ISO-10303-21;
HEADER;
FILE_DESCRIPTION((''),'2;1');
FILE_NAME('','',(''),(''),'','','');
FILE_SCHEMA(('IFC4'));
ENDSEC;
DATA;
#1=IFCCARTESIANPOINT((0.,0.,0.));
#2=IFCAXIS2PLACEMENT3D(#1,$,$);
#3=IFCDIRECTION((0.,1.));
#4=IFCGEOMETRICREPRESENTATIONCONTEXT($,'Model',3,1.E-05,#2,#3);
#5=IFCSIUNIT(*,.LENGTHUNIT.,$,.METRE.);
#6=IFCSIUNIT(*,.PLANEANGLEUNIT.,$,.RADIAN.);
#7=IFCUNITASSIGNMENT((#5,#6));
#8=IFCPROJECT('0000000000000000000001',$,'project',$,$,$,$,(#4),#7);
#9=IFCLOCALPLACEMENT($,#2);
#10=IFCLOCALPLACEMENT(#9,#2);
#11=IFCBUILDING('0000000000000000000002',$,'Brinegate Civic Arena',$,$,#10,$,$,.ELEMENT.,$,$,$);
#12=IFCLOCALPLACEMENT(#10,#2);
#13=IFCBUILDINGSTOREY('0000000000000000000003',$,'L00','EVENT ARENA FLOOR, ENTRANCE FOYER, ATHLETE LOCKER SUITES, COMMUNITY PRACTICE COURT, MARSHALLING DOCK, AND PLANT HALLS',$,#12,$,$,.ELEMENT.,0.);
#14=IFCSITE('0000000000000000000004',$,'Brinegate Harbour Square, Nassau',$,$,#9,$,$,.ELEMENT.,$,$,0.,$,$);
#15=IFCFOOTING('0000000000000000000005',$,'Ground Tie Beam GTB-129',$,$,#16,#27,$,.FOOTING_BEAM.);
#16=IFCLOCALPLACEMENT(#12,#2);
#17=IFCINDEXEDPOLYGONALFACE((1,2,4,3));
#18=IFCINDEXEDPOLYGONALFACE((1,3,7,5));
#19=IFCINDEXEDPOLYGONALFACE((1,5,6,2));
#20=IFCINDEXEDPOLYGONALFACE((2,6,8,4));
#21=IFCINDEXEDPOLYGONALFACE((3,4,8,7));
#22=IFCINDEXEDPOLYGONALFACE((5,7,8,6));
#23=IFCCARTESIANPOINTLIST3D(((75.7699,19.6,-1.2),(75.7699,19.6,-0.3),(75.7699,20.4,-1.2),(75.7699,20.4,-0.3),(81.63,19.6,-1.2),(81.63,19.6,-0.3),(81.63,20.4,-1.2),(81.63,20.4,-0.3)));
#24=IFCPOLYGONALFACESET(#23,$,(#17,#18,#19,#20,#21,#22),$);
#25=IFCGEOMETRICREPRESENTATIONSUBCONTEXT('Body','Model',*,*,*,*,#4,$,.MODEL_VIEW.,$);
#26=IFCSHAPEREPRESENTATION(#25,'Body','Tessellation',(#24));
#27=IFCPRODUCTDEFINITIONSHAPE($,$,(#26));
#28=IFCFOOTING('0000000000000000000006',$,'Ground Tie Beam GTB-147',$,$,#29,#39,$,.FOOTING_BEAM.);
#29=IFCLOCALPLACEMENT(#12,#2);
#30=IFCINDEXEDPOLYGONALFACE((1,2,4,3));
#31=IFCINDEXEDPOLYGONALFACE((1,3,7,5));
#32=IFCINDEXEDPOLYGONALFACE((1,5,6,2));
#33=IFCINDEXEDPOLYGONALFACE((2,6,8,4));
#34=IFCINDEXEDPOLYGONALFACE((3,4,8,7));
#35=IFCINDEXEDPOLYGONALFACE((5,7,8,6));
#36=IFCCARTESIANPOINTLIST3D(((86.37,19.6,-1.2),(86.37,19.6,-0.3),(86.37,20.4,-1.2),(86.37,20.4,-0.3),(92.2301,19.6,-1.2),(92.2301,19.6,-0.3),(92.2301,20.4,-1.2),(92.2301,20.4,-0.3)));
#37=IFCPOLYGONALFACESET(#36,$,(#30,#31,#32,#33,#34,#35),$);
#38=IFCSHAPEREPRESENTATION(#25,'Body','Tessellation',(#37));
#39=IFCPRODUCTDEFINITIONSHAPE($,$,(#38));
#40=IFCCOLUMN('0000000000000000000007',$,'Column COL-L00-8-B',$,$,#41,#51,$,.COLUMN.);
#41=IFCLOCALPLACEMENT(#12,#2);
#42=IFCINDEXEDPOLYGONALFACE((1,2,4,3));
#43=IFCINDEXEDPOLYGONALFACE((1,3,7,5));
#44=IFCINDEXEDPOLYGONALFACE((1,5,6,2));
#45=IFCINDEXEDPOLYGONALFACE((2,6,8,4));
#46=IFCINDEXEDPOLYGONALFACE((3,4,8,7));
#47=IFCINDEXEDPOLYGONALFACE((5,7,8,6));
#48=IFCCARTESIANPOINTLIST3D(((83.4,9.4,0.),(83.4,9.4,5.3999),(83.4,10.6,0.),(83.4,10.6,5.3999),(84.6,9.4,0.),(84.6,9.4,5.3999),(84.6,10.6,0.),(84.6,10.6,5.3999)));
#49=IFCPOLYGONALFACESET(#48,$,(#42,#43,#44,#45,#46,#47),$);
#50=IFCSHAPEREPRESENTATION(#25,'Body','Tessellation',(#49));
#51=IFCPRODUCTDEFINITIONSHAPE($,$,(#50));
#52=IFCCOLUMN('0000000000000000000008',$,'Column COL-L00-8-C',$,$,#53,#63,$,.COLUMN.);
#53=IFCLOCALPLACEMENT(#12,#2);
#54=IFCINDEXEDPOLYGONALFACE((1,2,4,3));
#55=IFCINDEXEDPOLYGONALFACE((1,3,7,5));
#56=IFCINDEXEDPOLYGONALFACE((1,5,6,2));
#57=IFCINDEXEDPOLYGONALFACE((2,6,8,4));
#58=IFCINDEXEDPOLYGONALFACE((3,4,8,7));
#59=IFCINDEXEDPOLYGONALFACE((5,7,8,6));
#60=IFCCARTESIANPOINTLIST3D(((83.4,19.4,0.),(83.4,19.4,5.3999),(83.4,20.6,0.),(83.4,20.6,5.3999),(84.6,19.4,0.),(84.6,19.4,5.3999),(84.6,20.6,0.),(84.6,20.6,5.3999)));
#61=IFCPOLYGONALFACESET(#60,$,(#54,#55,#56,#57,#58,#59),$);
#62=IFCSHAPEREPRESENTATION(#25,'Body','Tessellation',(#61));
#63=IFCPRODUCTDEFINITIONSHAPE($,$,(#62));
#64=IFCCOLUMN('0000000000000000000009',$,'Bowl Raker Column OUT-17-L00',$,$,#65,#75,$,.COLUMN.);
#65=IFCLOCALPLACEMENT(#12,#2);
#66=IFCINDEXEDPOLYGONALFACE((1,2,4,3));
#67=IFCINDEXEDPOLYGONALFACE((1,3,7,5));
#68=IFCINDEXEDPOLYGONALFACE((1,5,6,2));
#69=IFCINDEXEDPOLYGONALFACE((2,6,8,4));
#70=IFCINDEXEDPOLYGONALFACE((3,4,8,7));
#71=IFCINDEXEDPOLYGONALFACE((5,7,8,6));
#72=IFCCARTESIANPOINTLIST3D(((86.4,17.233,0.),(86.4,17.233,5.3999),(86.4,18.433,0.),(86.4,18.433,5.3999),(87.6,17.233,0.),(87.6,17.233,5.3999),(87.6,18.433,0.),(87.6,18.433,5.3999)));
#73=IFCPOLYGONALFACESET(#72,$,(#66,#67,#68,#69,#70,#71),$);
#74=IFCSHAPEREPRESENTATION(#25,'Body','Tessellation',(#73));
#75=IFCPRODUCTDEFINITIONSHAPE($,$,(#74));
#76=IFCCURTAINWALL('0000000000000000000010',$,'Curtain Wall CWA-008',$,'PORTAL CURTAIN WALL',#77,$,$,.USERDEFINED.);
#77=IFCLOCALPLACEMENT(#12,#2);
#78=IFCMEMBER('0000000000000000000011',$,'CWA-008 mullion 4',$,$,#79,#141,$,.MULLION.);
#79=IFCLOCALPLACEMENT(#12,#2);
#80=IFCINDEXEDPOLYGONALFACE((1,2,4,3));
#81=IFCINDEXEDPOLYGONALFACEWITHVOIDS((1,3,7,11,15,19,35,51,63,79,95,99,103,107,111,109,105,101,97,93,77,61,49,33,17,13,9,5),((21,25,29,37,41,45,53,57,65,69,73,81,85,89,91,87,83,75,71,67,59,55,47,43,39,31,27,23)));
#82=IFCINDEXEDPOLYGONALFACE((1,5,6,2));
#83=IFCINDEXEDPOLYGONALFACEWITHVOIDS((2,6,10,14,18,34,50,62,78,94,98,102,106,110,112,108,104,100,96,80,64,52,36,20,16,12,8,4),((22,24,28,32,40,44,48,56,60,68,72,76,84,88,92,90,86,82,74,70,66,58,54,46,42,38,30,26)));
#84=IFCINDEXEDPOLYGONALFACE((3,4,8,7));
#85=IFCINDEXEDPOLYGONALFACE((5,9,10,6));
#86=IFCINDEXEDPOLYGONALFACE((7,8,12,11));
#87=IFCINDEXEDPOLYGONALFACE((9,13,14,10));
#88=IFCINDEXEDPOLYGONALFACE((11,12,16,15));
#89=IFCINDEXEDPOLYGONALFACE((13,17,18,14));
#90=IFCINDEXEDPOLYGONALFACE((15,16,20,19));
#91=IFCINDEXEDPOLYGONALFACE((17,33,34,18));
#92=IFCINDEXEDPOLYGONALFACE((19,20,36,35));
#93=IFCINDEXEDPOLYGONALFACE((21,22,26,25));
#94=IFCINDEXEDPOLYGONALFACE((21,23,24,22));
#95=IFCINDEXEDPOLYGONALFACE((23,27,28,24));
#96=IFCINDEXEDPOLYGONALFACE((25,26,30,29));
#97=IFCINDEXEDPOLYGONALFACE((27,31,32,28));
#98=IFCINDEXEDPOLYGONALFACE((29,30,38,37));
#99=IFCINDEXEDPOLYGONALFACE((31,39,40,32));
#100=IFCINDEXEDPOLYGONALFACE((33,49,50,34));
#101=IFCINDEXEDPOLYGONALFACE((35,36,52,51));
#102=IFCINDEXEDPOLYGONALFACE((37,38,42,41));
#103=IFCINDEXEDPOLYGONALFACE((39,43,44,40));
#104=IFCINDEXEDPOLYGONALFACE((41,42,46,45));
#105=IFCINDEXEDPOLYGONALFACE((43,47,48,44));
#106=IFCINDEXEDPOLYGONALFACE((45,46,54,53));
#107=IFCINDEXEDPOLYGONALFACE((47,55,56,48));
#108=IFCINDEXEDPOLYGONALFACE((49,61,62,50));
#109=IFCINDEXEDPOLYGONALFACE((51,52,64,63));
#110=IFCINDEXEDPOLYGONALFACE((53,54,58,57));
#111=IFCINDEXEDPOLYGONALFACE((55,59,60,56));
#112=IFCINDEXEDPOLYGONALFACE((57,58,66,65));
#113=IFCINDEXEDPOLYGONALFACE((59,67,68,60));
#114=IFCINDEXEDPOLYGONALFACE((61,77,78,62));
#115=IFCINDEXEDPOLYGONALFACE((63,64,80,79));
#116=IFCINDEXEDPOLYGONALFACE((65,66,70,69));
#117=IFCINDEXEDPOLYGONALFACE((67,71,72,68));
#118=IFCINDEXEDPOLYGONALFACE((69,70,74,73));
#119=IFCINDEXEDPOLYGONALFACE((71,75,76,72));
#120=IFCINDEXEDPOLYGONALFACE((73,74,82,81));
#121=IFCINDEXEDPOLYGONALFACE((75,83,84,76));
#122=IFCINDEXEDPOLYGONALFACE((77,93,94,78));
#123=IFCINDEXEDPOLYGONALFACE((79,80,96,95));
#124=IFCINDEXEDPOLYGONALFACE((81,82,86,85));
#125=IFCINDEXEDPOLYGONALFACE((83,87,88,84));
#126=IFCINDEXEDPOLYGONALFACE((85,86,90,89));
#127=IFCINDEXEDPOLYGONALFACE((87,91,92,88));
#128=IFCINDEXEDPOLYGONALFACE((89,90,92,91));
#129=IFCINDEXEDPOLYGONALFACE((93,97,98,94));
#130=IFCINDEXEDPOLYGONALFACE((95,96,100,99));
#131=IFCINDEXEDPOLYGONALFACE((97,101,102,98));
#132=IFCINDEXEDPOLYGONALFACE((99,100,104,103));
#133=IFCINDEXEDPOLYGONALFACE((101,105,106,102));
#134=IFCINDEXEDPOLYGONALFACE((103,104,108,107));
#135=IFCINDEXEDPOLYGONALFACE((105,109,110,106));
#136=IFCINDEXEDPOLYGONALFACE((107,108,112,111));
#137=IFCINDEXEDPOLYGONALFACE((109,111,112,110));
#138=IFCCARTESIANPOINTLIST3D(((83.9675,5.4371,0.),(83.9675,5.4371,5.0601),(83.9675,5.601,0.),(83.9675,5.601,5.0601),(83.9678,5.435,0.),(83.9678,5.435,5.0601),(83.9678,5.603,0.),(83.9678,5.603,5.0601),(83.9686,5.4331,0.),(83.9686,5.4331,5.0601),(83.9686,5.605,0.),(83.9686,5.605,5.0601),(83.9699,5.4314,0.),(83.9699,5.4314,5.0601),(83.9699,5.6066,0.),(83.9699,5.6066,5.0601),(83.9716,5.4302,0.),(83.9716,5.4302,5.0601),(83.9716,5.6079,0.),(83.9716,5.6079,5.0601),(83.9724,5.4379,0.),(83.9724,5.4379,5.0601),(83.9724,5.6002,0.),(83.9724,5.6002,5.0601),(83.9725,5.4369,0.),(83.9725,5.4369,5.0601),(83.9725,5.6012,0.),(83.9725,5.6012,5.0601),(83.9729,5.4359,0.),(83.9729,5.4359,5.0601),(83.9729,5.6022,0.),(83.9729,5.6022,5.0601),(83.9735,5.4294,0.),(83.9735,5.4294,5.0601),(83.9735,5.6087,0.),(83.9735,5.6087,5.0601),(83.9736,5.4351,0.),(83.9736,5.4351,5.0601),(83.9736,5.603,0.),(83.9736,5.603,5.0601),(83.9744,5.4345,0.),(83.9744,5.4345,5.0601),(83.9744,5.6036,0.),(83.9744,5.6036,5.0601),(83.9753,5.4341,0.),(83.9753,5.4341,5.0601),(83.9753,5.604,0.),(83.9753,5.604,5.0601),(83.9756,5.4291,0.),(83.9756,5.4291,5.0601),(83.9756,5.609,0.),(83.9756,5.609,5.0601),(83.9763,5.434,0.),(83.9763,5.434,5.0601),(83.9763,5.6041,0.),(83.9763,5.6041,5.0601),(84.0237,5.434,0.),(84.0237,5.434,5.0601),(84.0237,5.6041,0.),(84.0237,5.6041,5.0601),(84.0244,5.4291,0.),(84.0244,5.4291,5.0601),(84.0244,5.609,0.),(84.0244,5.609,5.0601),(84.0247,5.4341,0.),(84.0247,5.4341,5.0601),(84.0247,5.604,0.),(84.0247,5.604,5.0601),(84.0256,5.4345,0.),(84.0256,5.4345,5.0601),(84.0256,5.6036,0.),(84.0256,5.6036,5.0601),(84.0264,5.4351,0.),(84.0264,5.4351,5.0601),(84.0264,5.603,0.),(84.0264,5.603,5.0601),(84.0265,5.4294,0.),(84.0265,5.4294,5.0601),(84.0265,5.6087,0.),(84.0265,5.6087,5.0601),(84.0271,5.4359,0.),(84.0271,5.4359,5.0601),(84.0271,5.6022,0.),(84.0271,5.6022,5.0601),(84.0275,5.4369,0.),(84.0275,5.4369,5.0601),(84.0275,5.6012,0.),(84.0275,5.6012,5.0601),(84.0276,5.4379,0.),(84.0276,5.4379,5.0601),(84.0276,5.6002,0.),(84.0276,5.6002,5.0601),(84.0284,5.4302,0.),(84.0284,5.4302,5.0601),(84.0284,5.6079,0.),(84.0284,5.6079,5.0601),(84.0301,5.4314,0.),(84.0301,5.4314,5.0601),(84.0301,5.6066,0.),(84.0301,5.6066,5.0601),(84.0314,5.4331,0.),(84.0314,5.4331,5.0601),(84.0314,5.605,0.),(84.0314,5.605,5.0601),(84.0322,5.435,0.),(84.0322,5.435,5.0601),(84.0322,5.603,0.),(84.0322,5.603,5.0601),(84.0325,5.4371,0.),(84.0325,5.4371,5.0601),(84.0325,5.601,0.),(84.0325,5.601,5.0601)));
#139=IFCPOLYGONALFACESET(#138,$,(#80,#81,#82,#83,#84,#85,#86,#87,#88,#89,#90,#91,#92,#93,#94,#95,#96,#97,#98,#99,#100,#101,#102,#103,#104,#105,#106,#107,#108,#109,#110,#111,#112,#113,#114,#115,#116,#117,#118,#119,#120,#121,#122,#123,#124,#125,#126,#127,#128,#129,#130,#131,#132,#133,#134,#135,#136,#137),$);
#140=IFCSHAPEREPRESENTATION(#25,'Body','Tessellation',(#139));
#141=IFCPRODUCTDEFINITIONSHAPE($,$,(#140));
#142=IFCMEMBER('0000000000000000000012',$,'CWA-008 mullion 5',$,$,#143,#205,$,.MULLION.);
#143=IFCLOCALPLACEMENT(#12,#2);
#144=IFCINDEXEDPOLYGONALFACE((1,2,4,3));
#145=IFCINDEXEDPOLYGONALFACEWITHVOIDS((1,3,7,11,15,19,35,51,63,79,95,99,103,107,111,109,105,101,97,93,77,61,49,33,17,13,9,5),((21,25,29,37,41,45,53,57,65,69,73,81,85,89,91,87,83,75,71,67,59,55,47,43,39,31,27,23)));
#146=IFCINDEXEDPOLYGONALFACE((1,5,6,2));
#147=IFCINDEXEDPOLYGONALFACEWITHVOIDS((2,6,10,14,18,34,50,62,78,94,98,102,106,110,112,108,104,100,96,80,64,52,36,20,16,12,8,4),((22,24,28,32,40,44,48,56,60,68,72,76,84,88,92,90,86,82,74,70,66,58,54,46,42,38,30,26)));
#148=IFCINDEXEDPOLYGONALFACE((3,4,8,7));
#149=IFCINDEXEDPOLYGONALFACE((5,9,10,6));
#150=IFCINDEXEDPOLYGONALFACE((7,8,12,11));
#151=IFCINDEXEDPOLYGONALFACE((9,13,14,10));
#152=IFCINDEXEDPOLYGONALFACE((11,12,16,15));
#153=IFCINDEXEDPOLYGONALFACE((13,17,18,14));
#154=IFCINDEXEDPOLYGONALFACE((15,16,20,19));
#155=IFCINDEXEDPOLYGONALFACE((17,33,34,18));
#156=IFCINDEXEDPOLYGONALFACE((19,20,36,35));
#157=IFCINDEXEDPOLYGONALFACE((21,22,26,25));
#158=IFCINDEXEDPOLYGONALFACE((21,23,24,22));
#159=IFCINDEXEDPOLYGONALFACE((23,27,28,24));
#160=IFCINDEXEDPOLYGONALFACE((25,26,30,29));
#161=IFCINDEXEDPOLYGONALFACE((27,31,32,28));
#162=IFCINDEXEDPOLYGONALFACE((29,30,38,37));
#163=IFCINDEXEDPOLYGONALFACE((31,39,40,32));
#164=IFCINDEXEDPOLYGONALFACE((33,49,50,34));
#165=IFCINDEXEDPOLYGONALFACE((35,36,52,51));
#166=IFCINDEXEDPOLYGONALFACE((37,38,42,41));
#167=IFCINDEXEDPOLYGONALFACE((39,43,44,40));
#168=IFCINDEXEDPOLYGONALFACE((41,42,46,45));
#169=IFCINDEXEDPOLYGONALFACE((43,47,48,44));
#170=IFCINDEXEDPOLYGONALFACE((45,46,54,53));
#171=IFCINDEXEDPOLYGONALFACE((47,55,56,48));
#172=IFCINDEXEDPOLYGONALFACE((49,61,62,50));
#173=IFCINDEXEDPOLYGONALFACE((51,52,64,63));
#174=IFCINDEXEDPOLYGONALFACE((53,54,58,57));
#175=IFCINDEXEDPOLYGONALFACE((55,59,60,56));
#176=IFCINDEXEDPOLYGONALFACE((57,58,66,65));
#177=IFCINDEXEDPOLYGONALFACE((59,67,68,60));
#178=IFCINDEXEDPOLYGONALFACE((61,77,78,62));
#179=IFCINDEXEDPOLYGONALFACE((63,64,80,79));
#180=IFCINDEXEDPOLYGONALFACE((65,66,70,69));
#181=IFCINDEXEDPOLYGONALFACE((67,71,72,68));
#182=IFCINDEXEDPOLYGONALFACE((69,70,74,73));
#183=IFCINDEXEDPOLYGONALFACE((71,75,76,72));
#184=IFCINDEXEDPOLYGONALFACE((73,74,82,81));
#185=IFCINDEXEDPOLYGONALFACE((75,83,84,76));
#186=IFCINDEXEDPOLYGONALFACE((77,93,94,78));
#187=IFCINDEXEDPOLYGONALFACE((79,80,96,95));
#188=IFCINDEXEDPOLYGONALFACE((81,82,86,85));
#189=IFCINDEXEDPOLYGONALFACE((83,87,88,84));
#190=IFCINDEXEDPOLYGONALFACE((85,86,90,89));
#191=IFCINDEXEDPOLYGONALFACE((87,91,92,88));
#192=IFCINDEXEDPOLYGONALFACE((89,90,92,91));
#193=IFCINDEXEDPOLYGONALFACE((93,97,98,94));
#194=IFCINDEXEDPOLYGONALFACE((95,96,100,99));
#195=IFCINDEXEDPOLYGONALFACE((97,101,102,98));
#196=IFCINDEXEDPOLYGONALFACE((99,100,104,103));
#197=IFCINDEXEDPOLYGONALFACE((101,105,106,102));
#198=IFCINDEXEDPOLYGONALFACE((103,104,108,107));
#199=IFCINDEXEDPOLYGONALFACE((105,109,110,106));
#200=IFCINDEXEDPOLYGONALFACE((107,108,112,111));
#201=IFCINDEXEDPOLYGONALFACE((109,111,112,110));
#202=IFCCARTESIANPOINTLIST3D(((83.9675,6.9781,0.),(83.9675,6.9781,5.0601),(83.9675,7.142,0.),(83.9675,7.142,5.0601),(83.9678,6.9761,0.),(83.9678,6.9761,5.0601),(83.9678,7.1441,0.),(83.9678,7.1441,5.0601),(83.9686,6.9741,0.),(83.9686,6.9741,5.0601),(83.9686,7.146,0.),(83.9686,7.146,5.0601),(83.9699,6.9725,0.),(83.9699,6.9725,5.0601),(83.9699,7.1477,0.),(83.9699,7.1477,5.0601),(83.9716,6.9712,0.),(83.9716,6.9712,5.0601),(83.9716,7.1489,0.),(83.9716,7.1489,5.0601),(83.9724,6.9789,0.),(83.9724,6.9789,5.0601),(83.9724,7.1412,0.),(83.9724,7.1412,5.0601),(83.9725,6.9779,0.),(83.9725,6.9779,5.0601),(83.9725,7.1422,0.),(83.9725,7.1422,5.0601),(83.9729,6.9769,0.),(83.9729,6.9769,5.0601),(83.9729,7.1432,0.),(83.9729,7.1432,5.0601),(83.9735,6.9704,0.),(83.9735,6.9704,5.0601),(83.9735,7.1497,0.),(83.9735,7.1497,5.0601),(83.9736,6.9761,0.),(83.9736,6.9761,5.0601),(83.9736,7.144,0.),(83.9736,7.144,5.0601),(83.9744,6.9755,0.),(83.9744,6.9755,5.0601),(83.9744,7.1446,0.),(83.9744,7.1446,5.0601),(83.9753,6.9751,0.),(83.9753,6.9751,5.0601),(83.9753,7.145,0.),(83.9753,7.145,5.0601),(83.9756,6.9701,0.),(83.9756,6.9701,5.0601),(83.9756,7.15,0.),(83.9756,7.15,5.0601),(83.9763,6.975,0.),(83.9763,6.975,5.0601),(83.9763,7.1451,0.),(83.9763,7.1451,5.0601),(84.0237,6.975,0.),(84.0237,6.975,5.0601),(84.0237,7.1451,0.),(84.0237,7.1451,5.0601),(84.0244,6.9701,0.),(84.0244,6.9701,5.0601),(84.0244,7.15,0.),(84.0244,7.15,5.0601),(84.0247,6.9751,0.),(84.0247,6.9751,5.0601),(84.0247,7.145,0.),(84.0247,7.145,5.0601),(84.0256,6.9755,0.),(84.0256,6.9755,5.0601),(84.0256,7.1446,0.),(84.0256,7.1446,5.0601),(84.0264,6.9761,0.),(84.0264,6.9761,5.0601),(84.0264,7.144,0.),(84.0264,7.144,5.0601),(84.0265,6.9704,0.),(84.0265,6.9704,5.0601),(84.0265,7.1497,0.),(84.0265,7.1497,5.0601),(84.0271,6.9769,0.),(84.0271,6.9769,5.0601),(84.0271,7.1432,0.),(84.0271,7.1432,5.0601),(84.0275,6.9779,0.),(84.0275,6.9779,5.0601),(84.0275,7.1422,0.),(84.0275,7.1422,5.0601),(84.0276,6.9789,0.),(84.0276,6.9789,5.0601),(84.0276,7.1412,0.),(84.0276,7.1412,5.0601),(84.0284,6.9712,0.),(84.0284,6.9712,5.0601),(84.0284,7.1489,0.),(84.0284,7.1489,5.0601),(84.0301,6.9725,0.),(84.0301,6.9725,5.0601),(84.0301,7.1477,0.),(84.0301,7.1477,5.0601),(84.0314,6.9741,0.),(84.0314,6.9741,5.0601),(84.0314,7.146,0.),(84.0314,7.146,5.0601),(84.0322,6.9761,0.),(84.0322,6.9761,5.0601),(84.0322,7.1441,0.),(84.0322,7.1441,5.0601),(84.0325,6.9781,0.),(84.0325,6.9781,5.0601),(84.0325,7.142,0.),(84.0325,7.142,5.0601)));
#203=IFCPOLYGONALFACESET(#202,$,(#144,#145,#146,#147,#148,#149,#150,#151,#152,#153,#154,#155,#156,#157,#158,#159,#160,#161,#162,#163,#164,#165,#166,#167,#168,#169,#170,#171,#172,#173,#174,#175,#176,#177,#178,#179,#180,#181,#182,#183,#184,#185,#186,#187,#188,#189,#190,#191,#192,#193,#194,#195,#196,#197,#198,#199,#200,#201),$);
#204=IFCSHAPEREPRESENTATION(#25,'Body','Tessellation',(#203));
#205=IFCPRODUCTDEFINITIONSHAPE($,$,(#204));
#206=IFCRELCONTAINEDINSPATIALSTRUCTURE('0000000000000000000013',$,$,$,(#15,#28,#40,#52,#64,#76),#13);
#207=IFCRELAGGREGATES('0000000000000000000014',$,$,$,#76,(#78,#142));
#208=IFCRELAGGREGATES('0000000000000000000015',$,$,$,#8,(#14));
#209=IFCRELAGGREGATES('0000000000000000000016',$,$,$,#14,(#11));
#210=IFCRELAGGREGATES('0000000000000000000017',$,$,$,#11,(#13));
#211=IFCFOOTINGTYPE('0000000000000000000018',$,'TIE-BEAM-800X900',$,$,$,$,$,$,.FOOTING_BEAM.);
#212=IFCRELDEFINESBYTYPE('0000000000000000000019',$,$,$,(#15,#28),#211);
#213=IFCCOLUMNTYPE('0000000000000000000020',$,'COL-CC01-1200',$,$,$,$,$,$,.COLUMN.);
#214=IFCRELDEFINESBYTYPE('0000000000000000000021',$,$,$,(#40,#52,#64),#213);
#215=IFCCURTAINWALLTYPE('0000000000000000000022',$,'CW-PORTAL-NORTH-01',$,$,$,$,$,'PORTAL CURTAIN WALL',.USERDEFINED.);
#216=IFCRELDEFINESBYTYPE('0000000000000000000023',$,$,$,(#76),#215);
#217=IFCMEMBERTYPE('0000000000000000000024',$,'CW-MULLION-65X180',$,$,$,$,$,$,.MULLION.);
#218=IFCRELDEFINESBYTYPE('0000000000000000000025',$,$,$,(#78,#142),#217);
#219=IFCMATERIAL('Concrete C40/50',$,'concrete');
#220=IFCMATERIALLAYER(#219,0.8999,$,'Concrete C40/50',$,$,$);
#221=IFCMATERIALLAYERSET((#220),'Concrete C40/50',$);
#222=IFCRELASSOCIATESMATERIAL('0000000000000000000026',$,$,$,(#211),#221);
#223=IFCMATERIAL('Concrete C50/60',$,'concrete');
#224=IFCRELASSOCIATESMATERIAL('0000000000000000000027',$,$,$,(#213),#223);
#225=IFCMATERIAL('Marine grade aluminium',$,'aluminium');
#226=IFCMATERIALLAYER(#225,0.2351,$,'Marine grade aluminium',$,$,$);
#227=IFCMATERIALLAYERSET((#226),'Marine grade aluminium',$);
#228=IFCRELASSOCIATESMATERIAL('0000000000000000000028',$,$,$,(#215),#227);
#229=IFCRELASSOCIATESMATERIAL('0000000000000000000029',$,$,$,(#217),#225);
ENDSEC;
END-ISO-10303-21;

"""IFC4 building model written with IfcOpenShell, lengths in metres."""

from ifc_helpers import new_model, si_unit, direction, frame, origin, origin_2d, place, context, subcontext, project, spatial, rectangle, hollow_rectangle, extrude, material, layer, layer_set, material_profile, profile_set, type_object, element, aggregate, save


model = new_model("IFC4")

# Units and contexts
model_context = context("Model", 3, precision=1e-05, world=origin(), true_north=direction((0.0, 1.0)))
body_context = subcontext(model_context, "Body", "Model", "MODEL_VIEW")
ifc_project = project(units=[si_unit("LENGTHUNIT", "METRE"), si_unit("PLANEANGLEUNIT", "RADIAN")], contexts=[model_context])

# Site, building, storey
site_placement = place(None, origin())
site = spatial("IfcSite", under=ifc_project, at=site_placement, Name="Brinegate Harbour Square, Nassau", CompositionType="ELEMENT", RefElevation=0.0)
building_placement = place(site_placement, origin())
building = spatial("IfcBuilding", under=site, at=building_placement, Name="Brinegate Civic Arena", CompositionType="ELEMENT")
storey_placement = place(building_placement, origin())
storey = spatial("IfcBuildingStorey", under=building, at=storey_placement, Name="L00", Description="EVENT ARENA FLOOR, ENTRANCE FOYER, ATHLETE LOCKER SUITES, COMMUNITY PRACTICE COURT, MARSHALLING DOCK, AND PLANT HALLS", CompositionType="ELEMENT", Elevation=0.0)

# Shared definitions
ifc_material_1 = material(Name="Concrete C40/50", Category="concrete")

# Footings
ifc_layer_1 = layer(ifc_material_1, 0.8999, Name="Concrete C40/50")
ifc_layer_set_1 = layer_set([ifc_layer_1], Name="Concrete C40/50")
footing_type_1 = type_object("IfcFootingType", Name="TIE-BEAM-800X900", PredefinedType="FOOTING_BEAM", material=ifc_layer_set_1)
for number, where, z_axis, x_axis, name in (
    (1, (78.7, 20.0, -1.2), (0.0, 0.0, 1.0), (1.0, 0.0, 0.0), "Ground Tie Beam GTB-129"),
    (2, (89.3, 20.0, -1.2), (0.0, 0.0, 1.0), (1.0, 0.0, 0.0), "Ground Tie Beam GTB-147"),
):
    element("IfcFooting", number, at=place(storey_placement, frame(where, z_axis=z_axis, x_axis=x_axis)), inside=storey, type_object=footing_type_1, Name=name, PredefinedType="FOOTING_BEAM", context=body_context, shape_type="SweptSolid", body=[
        extrude(rectangle(XDim=5.8601, YDim=0.8, at=origin_2d()), origin(), (0.0, 0.0, 1.0), 0.8999),
    ])

# Columns
ifc_material_2 = material(Name="Concrete C50/60", Category="concrete")
ifc_material_profile_1 = material_profile(ifc_material_2, rectangle(XDim=1.2, YDim=1.2, at=origin_2d()), Name="RC1200X1200")
ifc_profile_set_1 = profile_set([ifc_material_profile_1], Name="Concrete C50/60")
column_type = type_object("IfcColumnType", Name="COL-CC01-1200", PredefinedType="COLUMN", material=ifc_profile_set_1)
for number, where, z_axis, x_axis, name in (
    (3, (84.0, 10.0, 0.0), (0.0, 0.0, 1.0), (1.0, 0.0, 0.0), "Column COL-L00-8-B"),
    (4, (84.0, 20.0, 0.0), (0.0, 0.0, 1.0), (1.0, 0.0, 0.0), "Column COL-L00-8-C"),
    (5, (87.0, 17.833, 0.0), (0.0, 0.0, 1.0), (1.0, 0.0, 0.0), "Bowl Raker Column OUT-17-L00"),
):
    element("IfcColumn", number, at=place(storey_placement, frame(where, z_axis=z_axis, x_axis=x_axis)), inside=storey, type_object=column_type, Name=name, PredefinedType="COLUMN", context=body_context, shape_type="SweptSolid", body=[
        extrude(rectangle(XDim=1.2, YDim=1.2, at=origin_2d()), origin(), (0.0, 0.0, 1.0), 5.3999),
    ])

# Curtain wall, members
ifc_material_3 = material(Name="Marine grade aluminium", Category="aluminium")
ifc_layer_2 = layer(ifc_material_3, 0.2351, Name="Marine grade aluminium")
ifc_layer_set_2 = layer_set([ifc_layer_2], Name="Marine grade aluminium")
curtain_wall_type = type_object("IfcCurtainWallType", Name="CW-PORTAL-NORTH-01", ElementType="PORTAL CURTAIN WALL", PredefinedType="USERDEFINED", material=ifc_layer_set_2)
curtain_wall_placement = place(storey_placement, origin())
curtain_wall = element("IfcCurtainWall", 6, at=curtain_wall_placement, inside=storey, type_object=curtain_wall_type, Name="Curtain Wall CWA-008", ObjectType="PORTAL CURTAIN WALL", PredefinedType="USERDEFINED")
ifc_material_profile_2 = material_profile(ifc_material_3, hollow_rectangle(XDim=0.0649, YDim=0.1799, WallThickness=0.0049, InnerFilletRadius=0.0039, OuterFilletRadius=0.0081, at=origin_2d()), Name="MUL65X180")
ifc_profile_set_2 = profile_set([ifc_material_profile_2], Name="Marine grade aluminium")
member_type_1 = type_object("IfcMemberType", Name="CW-MULLION-65X180", PredefinedType="MULLION", material=ifc_profile_set_2)
member_1_placement = place(storey_placement, frame((84.0, 5.519, 0.0), z_axis=(0.0, 0.0, 1.0), x_axis=(-1.0, 0.0, 0.0)))
member_1 = element("IfcMember", 7, at=member_1_placement, type_object=member_type_1, Name="CWA-008 mullion 4", PredefinedType="MULLION", context=body_context, shape_type="SweptSolid", body=[
    extrude(hollow_rectangle(XDim=0.0649, YDim=0.1799, WallThickness=0.0049, InnerFilletRadius=0.0039, OuterFilletRadius=0.0081, at=origin_2d()), origin(), (0.0, 0.0, 1.0), 5.0601),
])
member_2_placement = place(storey_placement, frame((84.0, 7.0601, 0.0), z_axis=(0.0, 0.0, 1.0), x_axis=(-1.0, 0.0, 0.0)))
member_2 = element("IfcMember", 8, at=member_2_placement, type_object=member_type_1, Name="CWA-008 mullion 5", PredefinedType="MULLION", context=body_context, shape_type="SweptSolid", body=[
    extrude(hollow_rectangle(XDim=0.0649, YDim=0.1799, WallThickness=0.0049, InnerFilletRadius=0.0039, OuterFilletRadius=0.0081, at=origin_2d()), origin(), (0.0, 0.0, 1.0), 5.0601),
])
aggregate(curtain_wall, [member_1, member_2])

save(model, "model.ifc")
